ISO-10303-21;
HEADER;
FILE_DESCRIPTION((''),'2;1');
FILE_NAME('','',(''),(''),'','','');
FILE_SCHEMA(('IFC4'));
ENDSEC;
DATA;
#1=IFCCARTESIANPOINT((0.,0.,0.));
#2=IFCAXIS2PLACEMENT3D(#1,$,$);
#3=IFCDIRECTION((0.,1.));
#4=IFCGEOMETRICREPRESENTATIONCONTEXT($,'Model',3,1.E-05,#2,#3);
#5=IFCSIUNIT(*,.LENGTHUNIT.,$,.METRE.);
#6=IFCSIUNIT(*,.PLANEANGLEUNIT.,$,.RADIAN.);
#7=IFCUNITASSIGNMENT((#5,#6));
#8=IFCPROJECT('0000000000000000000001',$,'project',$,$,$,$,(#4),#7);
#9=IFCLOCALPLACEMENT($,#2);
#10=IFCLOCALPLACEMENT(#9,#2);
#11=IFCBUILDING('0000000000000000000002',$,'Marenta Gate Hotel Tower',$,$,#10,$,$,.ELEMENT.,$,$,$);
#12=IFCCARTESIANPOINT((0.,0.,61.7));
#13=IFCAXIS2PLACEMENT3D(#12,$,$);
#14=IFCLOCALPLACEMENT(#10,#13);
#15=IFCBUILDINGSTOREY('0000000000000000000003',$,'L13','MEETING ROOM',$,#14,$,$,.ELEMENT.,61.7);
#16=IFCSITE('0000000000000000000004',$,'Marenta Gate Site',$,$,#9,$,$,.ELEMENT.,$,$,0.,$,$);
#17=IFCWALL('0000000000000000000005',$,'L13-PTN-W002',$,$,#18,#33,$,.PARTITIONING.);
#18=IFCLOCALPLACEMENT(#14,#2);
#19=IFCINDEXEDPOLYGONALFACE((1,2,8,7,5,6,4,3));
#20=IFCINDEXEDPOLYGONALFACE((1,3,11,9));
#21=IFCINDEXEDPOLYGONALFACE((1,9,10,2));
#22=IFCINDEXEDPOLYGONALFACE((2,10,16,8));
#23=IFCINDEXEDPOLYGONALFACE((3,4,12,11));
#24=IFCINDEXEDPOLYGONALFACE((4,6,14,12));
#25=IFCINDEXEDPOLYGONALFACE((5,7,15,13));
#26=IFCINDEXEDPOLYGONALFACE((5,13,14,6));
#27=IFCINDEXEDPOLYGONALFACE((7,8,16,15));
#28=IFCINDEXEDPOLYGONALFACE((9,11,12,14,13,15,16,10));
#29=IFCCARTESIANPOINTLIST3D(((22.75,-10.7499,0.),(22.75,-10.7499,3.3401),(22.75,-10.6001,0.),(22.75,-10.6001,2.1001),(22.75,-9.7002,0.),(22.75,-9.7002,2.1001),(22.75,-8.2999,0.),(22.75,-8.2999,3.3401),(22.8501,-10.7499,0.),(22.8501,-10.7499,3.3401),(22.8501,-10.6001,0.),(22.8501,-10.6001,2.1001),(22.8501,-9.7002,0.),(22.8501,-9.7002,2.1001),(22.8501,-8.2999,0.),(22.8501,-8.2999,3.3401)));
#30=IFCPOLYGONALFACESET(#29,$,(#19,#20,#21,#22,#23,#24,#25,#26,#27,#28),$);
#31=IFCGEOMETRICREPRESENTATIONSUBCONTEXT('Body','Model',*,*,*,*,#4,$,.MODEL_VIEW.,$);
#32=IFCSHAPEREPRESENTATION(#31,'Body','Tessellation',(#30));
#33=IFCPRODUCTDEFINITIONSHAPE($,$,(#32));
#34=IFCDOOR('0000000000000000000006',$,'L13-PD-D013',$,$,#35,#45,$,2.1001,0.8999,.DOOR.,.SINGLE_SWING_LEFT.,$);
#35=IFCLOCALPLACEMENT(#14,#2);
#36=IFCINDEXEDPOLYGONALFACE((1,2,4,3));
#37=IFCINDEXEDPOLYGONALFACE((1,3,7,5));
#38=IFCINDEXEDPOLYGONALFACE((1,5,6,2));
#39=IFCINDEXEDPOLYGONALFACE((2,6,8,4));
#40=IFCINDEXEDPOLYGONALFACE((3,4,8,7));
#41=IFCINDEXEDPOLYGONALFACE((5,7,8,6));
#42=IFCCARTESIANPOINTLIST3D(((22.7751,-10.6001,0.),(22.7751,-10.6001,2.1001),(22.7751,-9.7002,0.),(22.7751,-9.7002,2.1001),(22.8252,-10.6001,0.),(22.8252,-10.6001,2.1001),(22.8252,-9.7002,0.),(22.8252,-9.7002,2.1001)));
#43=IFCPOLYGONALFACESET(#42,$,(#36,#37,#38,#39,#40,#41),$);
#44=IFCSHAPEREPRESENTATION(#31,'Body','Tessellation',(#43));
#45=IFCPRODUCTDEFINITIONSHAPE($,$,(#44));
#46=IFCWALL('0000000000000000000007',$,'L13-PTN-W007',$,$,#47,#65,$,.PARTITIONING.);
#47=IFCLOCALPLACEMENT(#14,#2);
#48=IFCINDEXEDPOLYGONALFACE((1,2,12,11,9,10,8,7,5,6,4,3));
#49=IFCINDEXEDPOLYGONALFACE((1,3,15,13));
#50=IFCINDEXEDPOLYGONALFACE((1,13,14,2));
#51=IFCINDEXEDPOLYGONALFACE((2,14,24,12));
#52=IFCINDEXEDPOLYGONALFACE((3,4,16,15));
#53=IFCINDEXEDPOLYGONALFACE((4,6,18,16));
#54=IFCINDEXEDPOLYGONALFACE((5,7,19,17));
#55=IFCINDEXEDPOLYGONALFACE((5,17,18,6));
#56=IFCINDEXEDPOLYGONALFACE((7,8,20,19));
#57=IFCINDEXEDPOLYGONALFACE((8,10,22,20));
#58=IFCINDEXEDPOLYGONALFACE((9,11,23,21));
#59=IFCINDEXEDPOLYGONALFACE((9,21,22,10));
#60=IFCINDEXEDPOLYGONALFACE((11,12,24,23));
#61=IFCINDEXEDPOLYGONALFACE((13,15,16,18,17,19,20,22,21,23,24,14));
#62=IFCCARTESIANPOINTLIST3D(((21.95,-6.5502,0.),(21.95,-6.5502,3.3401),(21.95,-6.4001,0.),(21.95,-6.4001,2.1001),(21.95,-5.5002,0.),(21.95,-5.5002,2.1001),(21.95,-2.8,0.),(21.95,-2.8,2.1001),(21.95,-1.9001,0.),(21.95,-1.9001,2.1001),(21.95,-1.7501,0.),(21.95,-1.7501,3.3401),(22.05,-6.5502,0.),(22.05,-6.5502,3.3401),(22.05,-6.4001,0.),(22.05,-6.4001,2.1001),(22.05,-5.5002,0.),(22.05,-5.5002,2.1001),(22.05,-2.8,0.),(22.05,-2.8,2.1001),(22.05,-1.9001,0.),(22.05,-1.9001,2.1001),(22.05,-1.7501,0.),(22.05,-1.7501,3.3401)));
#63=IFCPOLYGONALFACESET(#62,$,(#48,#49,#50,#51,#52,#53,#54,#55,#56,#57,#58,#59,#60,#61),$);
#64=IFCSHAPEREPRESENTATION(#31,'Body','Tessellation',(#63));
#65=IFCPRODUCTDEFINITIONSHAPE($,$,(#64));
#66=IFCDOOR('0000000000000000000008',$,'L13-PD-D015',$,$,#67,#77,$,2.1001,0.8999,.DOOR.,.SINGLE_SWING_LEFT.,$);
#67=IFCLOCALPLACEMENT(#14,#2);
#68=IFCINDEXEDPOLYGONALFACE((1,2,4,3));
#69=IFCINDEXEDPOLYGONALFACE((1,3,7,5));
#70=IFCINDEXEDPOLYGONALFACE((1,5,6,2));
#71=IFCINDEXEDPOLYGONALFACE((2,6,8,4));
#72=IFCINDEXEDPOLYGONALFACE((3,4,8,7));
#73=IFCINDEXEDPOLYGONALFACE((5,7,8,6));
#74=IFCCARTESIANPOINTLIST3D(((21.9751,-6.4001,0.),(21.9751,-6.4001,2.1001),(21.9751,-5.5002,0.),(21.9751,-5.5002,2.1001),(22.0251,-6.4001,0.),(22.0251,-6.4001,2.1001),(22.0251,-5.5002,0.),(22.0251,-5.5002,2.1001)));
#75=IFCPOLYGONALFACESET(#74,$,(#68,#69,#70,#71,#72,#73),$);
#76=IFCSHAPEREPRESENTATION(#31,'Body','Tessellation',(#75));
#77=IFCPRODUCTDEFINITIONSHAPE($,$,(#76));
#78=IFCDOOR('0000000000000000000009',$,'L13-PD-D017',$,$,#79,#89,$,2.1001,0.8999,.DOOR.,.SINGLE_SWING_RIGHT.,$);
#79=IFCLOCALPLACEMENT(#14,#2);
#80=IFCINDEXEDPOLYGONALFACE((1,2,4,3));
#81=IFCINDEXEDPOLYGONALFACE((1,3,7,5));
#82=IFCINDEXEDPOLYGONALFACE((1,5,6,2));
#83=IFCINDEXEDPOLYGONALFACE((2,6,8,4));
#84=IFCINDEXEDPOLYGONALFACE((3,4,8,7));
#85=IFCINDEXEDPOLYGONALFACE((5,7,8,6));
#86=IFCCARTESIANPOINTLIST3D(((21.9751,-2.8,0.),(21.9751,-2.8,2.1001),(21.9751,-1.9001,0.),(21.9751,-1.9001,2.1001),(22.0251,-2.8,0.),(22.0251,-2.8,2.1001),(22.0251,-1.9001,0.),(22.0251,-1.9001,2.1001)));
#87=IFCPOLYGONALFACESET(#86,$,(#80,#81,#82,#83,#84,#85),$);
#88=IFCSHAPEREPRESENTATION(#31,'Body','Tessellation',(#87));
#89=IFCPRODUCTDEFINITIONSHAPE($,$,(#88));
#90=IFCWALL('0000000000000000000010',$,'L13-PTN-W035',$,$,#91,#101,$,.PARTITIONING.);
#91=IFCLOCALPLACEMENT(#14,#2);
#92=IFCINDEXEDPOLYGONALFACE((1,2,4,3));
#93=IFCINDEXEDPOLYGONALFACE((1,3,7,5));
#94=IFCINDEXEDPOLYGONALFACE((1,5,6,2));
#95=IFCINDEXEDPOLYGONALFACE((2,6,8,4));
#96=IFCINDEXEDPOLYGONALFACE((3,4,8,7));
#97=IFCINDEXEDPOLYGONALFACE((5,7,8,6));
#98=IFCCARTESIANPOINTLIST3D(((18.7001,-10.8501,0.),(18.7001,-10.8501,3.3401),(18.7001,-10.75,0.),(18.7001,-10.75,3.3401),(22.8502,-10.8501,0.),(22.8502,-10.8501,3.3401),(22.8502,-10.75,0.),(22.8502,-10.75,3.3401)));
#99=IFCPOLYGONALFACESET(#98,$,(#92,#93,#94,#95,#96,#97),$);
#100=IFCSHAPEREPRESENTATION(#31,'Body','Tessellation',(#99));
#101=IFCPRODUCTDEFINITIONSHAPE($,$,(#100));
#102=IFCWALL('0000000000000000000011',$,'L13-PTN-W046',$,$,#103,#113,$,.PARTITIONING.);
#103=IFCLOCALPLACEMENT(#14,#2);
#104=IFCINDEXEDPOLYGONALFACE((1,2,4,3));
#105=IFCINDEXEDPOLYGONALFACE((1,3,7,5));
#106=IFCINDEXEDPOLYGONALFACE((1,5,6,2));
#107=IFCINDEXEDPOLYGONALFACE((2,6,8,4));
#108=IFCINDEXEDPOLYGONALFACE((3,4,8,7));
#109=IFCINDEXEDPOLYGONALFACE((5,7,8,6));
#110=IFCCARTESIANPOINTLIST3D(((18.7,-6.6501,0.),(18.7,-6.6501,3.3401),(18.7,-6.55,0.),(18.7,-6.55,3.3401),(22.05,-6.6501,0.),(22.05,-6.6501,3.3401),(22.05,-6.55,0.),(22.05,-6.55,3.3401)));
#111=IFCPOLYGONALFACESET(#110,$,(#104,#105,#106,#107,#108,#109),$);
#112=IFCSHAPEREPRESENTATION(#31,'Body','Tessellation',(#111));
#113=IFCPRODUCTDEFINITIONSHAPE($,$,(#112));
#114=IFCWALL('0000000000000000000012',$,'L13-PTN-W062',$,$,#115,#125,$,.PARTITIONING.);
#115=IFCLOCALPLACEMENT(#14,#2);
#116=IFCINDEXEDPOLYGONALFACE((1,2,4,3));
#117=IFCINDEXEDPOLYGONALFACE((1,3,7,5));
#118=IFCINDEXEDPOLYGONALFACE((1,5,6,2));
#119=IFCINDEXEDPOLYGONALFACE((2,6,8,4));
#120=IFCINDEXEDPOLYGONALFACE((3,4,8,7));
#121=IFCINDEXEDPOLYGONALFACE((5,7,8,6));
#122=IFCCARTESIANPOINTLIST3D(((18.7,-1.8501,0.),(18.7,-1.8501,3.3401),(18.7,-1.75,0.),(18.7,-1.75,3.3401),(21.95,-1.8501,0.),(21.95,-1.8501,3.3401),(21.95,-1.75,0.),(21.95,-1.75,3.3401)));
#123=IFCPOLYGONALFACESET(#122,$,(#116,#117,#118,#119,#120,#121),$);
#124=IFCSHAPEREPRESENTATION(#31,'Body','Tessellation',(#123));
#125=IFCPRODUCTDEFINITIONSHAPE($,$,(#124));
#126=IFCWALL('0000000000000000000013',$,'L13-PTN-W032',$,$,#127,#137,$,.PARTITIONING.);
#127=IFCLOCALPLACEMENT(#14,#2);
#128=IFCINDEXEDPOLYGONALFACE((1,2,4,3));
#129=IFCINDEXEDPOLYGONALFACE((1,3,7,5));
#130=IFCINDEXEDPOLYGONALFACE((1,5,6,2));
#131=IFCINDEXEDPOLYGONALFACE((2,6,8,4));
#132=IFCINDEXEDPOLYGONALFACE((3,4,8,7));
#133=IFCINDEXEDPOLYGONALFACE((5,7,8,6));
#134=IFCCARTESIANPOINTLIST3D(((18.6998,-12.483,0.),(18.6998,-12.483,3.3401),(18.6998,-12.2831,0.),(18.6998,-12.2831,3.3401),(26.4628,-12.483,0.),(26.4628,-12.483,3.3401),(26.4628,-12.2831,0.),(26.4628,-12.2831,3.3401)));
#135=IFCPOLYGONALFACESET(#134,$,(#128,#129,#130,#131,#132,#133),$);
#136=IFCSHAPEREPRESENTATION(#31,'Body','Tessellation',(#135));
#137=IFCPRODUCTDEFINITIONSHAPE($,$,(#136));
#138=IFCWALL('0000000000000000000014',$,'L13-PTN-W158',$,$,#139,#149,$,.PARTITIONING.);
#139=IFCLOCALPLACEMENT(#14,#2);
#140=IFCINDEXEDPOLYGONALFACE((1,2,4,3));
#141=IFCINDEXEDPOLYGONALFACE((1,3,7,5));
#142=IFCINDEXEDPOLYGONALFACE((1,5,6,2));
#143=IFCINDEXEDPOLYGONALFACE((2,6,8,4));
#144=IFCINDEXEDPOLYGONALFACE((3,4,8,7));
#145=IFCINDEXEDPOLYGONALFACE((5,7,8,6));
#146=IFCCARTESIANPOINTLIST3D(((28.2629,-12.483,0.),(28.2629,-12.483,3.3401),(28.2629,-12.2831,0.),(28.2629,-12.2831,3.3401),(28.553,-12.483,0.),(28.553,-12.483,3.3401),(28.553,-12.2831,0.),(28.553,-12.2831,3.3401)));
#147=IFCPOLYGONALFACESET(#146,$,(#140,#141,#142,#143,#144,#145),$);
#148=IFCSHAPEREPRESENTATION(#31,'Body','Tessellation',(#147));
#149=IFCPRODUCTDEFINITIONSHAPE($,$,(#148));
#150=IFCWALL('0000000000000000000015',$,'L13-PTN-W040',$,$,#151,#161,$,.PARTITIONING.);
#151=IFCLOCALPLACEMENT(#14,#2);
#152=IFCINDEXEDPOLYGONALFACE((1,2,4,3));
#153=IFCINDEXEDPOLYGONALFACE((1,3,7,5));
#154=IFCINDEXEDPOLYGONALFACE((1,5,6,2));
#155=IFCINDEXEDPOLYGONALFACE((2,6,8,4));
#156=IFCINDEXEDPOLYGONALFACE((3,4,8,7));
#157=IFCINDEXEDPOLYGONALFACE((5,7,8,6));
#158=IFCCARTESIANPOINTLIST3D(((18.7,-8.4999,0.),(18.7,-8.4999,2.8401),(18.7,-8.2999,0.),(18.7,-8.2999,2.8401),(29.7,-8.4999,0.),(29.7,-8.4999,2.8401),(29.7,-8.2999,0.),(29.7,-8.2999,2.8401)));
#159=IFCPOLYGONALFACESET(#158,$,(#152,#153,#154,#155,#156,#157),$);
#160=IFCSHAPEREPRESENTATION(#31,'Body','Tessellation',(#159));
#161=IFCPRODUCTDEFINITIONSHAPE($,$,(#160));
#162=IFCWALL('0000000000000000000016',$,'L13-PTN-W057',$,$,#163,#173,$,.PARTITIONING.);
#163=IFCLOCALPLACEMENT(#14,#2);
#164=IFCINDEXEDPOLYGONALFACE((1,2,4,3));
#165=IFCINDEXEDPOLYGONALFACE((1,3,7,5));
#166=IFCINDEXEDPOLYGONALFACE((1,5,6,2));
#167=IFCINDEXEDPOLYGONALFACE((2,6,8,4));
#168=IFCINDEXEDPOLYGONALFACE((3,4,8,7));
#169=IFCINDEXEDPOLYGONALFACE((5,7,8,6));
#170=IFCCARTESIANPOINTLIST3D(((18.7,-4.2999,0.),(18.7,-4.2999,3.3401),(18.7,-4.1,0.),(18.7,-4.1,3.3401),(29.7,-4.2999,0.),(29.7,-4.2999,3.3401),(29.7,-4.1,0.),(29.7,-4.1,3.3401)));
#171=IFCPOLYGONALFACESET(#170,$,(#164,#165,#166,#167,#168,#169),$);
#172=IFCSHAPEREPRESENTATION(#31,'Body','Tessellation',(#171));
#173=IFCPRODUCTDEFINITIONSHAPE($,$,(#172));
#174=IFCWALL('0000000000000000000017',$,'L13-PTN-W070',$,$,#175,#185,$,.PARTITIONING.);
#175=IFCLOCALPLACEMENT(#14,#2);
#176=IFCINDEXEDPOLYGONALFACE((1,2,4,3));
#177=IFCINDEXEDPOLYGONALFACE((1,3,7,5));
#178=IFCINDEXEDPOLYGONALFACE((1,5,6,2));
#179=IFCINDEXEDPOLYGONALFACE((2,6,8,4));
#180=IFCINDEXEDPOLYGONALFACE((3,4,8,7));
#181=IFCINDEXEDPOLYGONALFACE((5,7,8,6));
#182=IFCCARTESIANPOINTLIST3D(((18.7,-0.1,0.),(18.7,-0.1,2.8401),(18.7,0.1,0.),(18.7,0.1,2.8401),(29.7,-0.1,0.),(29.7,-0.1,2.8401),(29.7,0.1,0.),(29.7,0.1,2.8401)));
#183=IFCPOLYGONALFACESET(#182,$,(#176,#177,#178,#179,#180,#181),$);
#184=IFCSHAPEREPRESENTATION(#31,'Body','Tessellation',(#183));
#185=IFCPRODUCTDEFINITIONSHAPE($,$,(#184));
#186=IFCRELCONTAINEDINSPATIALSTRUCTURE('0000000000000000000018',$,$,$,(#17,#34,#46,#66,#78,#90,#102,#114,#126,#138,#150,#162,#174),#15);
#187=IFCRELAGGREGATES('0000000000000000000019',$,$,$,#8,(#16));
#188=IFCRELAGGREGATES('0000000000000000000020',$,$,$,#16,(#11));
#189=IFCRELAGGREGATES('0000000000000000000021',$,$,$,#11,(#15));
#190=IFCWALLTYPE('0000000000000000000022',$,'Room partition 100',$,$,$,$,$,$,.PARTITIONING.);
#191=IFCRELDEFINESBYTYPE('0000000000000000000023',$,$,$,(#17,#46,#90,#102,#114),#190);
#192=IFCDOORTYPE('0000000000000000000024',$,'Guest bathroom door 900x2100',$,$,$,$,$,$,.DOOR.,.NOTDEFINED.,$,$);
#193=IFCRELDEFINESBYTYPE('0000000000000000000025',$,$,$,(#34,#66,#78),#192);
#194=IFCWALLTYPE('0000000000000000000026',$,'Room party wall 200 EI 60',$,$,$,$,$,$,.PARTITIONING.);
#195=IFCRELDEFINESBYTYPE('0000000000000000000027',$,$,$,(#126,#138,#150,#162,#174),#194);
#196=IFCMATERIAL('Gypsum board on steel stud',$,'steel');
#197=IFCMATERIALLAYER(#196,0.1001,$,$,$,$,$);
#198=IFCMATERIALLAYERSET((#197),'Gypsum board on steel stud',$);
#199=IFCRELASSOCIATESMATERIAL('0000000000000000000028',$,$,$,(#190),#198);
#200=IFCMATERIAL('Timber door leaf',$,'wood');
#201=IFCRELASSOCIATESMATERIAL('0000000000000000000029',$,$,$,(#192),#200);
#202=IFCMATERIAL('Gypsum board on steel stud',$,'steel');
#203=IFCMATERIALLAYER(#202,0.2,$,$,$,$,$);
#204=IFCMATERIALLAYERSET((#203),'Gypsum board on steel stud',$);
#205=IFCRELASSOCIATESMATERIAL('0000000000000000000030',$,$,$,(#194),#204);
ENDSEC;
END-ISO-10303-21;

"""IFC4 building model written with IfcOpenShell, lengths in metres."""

from ifc_helpers import new_model, si_unit, direction, frame, frame_2d, origin, place, context, subcontext, project, spatial, rectangle, extrude, material, layer, layer_set, type_object, element, fill, save


model = new_model("IFC4")

# Units and contexts
model_context = context("Model", 3, precision=1e-05, world=origin(), true_north=direction((0.0, 1.0)))
body_context = subcontext(model_context, "Body", "Model", "MODEL_VIEW")
ifc_project = project(units=[si_unit("LENGTHUNIT", "METRE"), si_unit("PLANEANGLEUNIT", "RADIAN")], contexts=[model_context])

# Site, building, storey
site_placement = place(None, origin())
site = spatial("IfcSite", under=ifc_project, at=site_placement, Name="Marenta Gate Site", CompositionType="ELEMENT", RefElevation=0.0)
building_placement = place(site_placement, origin())
building = spatial("IfcBuilding", under=site, at=building_placement, Name="Marenta Gate Hotel Tower", CompositionType="ELEMENT")
storey_placement = place(building_placement, frame((0.0, 0.0, 61.7)))
storey = spatial("IfcBuildingStorey", under=building, at=storey_placement, Name="L13", Description="MEETING ROOM", CompositionType="ELEMENT", Elevation=61.7)

# Wall, opening, door
ifc_material_1 = material(Name="Gypsum board on steel stud", Category="steel")
ifc_layer_1 = layer(ifc_material_1, 0.1001)
ifc_layer_set_1 = layer_set([ifc_layer_1], Name="Gypsum board on steel stud")
wall_type_1 = type_object("IfcWallType", Name="Room partition 100", PredefinedType="PARTITIONING", material=ifc_layer_set_1)
wall_1_placement = place(storey_placement, frame((22.8, -10.75, 0.0), z_axis=(0.0, 0.0, 1.0), x_axis=(0.0, 1.0, 0.0)))
wall_1 = element("IfcWall", 1, at=wall_1_placement, inside=storey, type_object=wall_type_1, Name="L13-PTN-W002", PredefinedType="PARTITIONING", context=body_context, shape_type="SweptSolid", body=[
    extrude(rectangle(XDim=2.45, YDim=0.1001, at=frame_2d((1.2251, 0.0))), origin(), (0.0, 0.0, 1.0), 3.3401),
])
opening_1_placement = place(wall_1_placement, frame((0.1499, 0.0, 0.0)))
opening_1 = element("IfcOpeningElement", 2, at=opening_1_placement, cuts=wall_1, PredefinedType="OPENING", context=body_context, shape_type="SweptSolid", body=[
    extrude(rectangle(XDim=0.8999, YDim=2.1001, at=frame_2d((0.45, 1.05))), frame((0.0, 0.05, 0.0), z_axis=(0.0, -1.0, 0.0), x_axis=(1.0, 0.0, 0.0)), (0.0, 0.0, 1.0), 0.1001),
])
ifc_material_2 = material(Name="Timber door leaf", Category="wood")
door_type_1 = type_object("IfcDoorType", Name="Guest bathroom door 900x2100", OperationType="NOTDEFINED", PredefinedType="DOOR", material=ifc_material_2)
door_1_placement = place(opening_1_placement, origin())
door_1 = element("IfcDoor", 3, at=door_1_placement, inside=storey, type_object=door_type_1, Name="L13-PD-D013", OperationType="SINGLE_SWING_LEFT", OverallHeight=2.1001, OverallWidth=0.8999, PredefinedType="DOOR", context=body_context, shape_type="SweptSolid", body=[
    extrude(rectangle(XDim=0.8999, YDim=2.1001, at=frame_2d((0.45, 1.05))), frame((0.0, 0.0249, 0.0), z_axis=(0.0, -1.0, 0.0), x_axis=(1.0, 0.0, 0.0)), (0.0, 0.0, 1.0), 0.05),
])
fill(opening_1, door_1)

# Wall, openings, doors
wall_2_placement = place(storey_placement, frame((22.0, -6.55, 0.0), z_axis=(0.0, 0.0, 1.0), x_axis=(0.0, 1.0, 0.0)))
wall_2 = element("IfcWall", 4, at=wall_2_placement, inside=storey, type_object=wall_type_1, Name="L13-PTN-W007", PredefinedType="PARTITIONING", context=body_context, shape_type="SweptSolid", body=[
    extrude(rectangle(XDim=4.8, YDim=0.1001, at=frame_2d((2.3999, 0.0))), origin(), (0.0, 0.0, 1.0), 3.3401),
])
opening_2_placement = place(wall_2_placement, frame((0.1499, 0.0, 0.0)))
opening_2 = element("IfcOpeningElement", 5, at=opening_2_placement, cuts=wall_2, PredefinedType="OPENING", context=body_context, shape_type="SweptSolid", body=[
    extrude(rectangle(XDim=0.8999, YDim=2.1001, at=frame_2d((0.45, 1.05))), frame((0.0, 0.05, 0.0), z_axis=(0.0, -1.0, 0.0), x_axis=(1.0, 0.0, 0.0)), (0.0, 0.0, 1.0), 0.1001),
])
opening_3_placement = place(wall_2_placement, frame((3.75, 0.0, 0.0)))
opening_3 = element("IfcOpeningElement", 6, at=opening_3_placement, cuts=wall_2, PredefinedType="OPENING", context=body_context, shape_type="SweptSolid", body=[
    extrude(rectangle(XDim=0.8999, YDim=2.1001, at=frame_2d((0.45, 1.05))), frame((0.0, 0.05, 0.0), z_axis=(0.0, -1.0, 0.0), x_axis=(1.0, 0.0, 0.0)), (0.0, 0.0, 1.0), 0.1001),
])
door_2_placement = place(opening_2_placement, origin())
door_2 = element("IfcDoor", 7, at=door_2_placement, inside=storey, type_object=door_type_1, Name="L13-PD-D015", OperationType="SINGLE_SWING_LEFT", OverallHeight=2.1001, OverallWidth=0.8999, PredefinedType="DOOR", context=body_context, shape_type="SweptSolid", body=[
    extrude(rectangle(XDim=0.8999, YDim=2.1001, at=frame_2d((0.45, 1.05))), frame((0.0, 0.0249, 0.0), z_axis=(0.0, -1.0, 0.0), x_axis=(1.0, 0.0, 0.0)), (0.0, 0.0, 1.0), 0.05),
])
fill(opening_2, door_2)
door_3_placement = place(opening_3_placement, origin())
door_3 = element("IfcDoor", 8, at=door_3_placement, inside=storey, type_object=door_type_1, Name="L13-PD-D017", OperationType="SINGLE_SWING_RIGHT", OverallHeight=2.1001, OverallWidth=0.8999, PredefinedType="DOOR", context=body_context, shape_type="SweptSolid", body=[
    extrude(rectangle(XDim=0.8999, YDim=2.1001, at=frame_2d((0.45, 1.05))), frame((0.0, 0.0249, 0.0), z_axis=(0.0, -1.0, 0.0), x_axis=(1.0, 0.0, 0.0)), (0.0, 0.0, 1.0), 0.05),
])
fill(opening_3, door_3)

# Walls
wall_3_placement = place(storey_placement, frame((18.7, -10.8, 0.0), z_axis=(0.0, 0.0, 1.0), x_axis=(1.0, 0.0, 0.0)))
element("IfcWall", 9, at=wall_3_placement, inside=storey, type_object=wall_type_1, Name="L13-PTN-W035", PredefinedType="PARTITIONING", context=body_context, shape_type="SweptSolid", body=[
    extrude(rectangle(XDim=4.1501, YDim=0.1001, at=frame_2d((2.0752, 0.0))), origin(), (0.0, 0.0, 1.0), 3.3401),
])
wall_4_placement = place(storey_placement, frame((18.7, -6.6001, 0.0), z_axis=(0.0, 0.0, 1.0), x_axis=(1.0, 0.0, 0.0)))
element("IfcWall", 10, at=wall_4_placement, inside=storey, type_object=wall_type_1, Name="L13-PTN-W046", PredefinedType="PARTITIONING", context=body_context, shape_type="SweptSolid", body=[
    extrude(rectangle(XDim=3.3501, YDim=0.1001, at=frame_2d((1.675, 0.0))), origin(), (0.0, 0.0, 1.0), 3.3401),
])
wall_5_placement = place(storey_placement, frame((18.7, -1.8, 0.0), z_axis=(0.0, 0.0, 1.0), x_axis=(1.0, 0.0, 0.0)))
element("IfcWall", 11, at=wall_5_placement, inside=storey, type_object=wall_type_1, Name="L13-PTN-W062", PredefinedType="PARTITIONING", context=body_context, shape_type="SweptSolid", body=[
    extrude(rectangle(XDim=3.25, YDim=0.1001, at=frame_2d((1.625, 0.0))), origin(), (0.0, 0.0, 1.0), 3.3401),
])
ifc_material_3 = material(Name="Gypsum board on steel stud", Category="steel")
ifc_layer_2 = layer(ifc_material_3, 0.2)
ifc_layer_set_2 = layer_set([ifc_layer_2], Name="Gypsum board on steel stud")
wall_type_2 = type_object("IfcWallType", Name="Room party wall 200 EI 60", PredefinedType="PARTITIONING", material=ifc_layer_set_2)
wall_6_placement = place(storey_placement, frame((18.7, -12.3831, 0.0), z_axis=(0.0, 0.0, 1.0), x_axis=(1.0, 0.0, 0.0)))
element("IfcWall", 12, at=wall_6_placement, inside=storey, type_object=wall_type_2, Name="L13-PTN-W032", PredefinedType="PARTITIONING", context=body_context, shape_type="SweptSolid", body=[
    extrude(rectangle(XDim=7.7629, YDim=0.2, at=frame_2d((3.8813, 0.0))), origin(), (0.0, 0.0, 1.0), 3.3401),
])
wall_7_placement = place(storey_placement, frame((28.2629, -12.3831, 0.0), z_axis=(0.0, 0.0, 1.0), x_axis=(1.0, 0.0, 0.0)))
element("IfcWall", 13, at=wall_7_placement, inside=storey, type_object=wall_type_2, Name="L13-PTN-W158", PredefinedType="PARTITIONING", context=body_context, shape_type="SweptSolid", body=[
    extrude(rectangle(XDim=0.29, YDim=0.2, at=frame_2d((0.145, 0.0))), origin(), (0.0, 0.0, 1.0), 3.3401),
])
wall_8_placement = place(storey_placement, frame((18.7, -8.3999, 0.0), z_axis=(0.0, 0.0, 1.0), x_axis=(1.0, 0.0, 0.0)))
element("IfcWall", 14, at=wall_8_placement, inside=storey, type_object=wall_type_2, Name="L13-PTN-W040", PredefinedType="PARTITIONING", context=body_context, shape_type="SweptSolid", body=[
    extrude(rectangle(XDim=11.0, YDim=0.2, at=frame_2d((5.5, 0.0))), origin(), (0.0, 0.0, 1.0), 2.8401),
])
wall_9_placement = place(storey_placement, frame((18.7, -4.2, 0.0), z_axis=(0.0, 0.0, 1.0), x_axis=(1.0, 0.0, 0.0)))
element("IfcWall", 15, at=wall_9_placement, inside=storey, type_object=wall_type_2, Name="L13-PTN-W057", PredefinedType="PARTITIONING", context=body_context, shape_type="SweptSolid", body=[
    extrude(rectangle(XDim=11.0, YDim=0.2, at=frame_2d((5.5, 0.0))), origin(), (0.0, 0.0, 1.0), 3.3401),
])
wall_10_placement = place(storey_placement, frame((18.7, 0.0, 0.0), z_axis=(0.0, 0.0, 1.0), x_axis=(1.0, 0.0, 0.0)))
element("IfcWall", 16, at=wall_10_placement, inside=storey, type_object=wall_type_2, Name="L13-PTN-W070", PredefinedType="PARTITIONING", context=body_context, shape_type="SweptSolid", body=[
    extrude(rectangle(XDim=11.0, YDim=0.2, at=frame_2d((5.5, 0.0))), origin(), (0.0, 0.0, 1.0), 2.8401),
])

save(model, "model.ifc")
